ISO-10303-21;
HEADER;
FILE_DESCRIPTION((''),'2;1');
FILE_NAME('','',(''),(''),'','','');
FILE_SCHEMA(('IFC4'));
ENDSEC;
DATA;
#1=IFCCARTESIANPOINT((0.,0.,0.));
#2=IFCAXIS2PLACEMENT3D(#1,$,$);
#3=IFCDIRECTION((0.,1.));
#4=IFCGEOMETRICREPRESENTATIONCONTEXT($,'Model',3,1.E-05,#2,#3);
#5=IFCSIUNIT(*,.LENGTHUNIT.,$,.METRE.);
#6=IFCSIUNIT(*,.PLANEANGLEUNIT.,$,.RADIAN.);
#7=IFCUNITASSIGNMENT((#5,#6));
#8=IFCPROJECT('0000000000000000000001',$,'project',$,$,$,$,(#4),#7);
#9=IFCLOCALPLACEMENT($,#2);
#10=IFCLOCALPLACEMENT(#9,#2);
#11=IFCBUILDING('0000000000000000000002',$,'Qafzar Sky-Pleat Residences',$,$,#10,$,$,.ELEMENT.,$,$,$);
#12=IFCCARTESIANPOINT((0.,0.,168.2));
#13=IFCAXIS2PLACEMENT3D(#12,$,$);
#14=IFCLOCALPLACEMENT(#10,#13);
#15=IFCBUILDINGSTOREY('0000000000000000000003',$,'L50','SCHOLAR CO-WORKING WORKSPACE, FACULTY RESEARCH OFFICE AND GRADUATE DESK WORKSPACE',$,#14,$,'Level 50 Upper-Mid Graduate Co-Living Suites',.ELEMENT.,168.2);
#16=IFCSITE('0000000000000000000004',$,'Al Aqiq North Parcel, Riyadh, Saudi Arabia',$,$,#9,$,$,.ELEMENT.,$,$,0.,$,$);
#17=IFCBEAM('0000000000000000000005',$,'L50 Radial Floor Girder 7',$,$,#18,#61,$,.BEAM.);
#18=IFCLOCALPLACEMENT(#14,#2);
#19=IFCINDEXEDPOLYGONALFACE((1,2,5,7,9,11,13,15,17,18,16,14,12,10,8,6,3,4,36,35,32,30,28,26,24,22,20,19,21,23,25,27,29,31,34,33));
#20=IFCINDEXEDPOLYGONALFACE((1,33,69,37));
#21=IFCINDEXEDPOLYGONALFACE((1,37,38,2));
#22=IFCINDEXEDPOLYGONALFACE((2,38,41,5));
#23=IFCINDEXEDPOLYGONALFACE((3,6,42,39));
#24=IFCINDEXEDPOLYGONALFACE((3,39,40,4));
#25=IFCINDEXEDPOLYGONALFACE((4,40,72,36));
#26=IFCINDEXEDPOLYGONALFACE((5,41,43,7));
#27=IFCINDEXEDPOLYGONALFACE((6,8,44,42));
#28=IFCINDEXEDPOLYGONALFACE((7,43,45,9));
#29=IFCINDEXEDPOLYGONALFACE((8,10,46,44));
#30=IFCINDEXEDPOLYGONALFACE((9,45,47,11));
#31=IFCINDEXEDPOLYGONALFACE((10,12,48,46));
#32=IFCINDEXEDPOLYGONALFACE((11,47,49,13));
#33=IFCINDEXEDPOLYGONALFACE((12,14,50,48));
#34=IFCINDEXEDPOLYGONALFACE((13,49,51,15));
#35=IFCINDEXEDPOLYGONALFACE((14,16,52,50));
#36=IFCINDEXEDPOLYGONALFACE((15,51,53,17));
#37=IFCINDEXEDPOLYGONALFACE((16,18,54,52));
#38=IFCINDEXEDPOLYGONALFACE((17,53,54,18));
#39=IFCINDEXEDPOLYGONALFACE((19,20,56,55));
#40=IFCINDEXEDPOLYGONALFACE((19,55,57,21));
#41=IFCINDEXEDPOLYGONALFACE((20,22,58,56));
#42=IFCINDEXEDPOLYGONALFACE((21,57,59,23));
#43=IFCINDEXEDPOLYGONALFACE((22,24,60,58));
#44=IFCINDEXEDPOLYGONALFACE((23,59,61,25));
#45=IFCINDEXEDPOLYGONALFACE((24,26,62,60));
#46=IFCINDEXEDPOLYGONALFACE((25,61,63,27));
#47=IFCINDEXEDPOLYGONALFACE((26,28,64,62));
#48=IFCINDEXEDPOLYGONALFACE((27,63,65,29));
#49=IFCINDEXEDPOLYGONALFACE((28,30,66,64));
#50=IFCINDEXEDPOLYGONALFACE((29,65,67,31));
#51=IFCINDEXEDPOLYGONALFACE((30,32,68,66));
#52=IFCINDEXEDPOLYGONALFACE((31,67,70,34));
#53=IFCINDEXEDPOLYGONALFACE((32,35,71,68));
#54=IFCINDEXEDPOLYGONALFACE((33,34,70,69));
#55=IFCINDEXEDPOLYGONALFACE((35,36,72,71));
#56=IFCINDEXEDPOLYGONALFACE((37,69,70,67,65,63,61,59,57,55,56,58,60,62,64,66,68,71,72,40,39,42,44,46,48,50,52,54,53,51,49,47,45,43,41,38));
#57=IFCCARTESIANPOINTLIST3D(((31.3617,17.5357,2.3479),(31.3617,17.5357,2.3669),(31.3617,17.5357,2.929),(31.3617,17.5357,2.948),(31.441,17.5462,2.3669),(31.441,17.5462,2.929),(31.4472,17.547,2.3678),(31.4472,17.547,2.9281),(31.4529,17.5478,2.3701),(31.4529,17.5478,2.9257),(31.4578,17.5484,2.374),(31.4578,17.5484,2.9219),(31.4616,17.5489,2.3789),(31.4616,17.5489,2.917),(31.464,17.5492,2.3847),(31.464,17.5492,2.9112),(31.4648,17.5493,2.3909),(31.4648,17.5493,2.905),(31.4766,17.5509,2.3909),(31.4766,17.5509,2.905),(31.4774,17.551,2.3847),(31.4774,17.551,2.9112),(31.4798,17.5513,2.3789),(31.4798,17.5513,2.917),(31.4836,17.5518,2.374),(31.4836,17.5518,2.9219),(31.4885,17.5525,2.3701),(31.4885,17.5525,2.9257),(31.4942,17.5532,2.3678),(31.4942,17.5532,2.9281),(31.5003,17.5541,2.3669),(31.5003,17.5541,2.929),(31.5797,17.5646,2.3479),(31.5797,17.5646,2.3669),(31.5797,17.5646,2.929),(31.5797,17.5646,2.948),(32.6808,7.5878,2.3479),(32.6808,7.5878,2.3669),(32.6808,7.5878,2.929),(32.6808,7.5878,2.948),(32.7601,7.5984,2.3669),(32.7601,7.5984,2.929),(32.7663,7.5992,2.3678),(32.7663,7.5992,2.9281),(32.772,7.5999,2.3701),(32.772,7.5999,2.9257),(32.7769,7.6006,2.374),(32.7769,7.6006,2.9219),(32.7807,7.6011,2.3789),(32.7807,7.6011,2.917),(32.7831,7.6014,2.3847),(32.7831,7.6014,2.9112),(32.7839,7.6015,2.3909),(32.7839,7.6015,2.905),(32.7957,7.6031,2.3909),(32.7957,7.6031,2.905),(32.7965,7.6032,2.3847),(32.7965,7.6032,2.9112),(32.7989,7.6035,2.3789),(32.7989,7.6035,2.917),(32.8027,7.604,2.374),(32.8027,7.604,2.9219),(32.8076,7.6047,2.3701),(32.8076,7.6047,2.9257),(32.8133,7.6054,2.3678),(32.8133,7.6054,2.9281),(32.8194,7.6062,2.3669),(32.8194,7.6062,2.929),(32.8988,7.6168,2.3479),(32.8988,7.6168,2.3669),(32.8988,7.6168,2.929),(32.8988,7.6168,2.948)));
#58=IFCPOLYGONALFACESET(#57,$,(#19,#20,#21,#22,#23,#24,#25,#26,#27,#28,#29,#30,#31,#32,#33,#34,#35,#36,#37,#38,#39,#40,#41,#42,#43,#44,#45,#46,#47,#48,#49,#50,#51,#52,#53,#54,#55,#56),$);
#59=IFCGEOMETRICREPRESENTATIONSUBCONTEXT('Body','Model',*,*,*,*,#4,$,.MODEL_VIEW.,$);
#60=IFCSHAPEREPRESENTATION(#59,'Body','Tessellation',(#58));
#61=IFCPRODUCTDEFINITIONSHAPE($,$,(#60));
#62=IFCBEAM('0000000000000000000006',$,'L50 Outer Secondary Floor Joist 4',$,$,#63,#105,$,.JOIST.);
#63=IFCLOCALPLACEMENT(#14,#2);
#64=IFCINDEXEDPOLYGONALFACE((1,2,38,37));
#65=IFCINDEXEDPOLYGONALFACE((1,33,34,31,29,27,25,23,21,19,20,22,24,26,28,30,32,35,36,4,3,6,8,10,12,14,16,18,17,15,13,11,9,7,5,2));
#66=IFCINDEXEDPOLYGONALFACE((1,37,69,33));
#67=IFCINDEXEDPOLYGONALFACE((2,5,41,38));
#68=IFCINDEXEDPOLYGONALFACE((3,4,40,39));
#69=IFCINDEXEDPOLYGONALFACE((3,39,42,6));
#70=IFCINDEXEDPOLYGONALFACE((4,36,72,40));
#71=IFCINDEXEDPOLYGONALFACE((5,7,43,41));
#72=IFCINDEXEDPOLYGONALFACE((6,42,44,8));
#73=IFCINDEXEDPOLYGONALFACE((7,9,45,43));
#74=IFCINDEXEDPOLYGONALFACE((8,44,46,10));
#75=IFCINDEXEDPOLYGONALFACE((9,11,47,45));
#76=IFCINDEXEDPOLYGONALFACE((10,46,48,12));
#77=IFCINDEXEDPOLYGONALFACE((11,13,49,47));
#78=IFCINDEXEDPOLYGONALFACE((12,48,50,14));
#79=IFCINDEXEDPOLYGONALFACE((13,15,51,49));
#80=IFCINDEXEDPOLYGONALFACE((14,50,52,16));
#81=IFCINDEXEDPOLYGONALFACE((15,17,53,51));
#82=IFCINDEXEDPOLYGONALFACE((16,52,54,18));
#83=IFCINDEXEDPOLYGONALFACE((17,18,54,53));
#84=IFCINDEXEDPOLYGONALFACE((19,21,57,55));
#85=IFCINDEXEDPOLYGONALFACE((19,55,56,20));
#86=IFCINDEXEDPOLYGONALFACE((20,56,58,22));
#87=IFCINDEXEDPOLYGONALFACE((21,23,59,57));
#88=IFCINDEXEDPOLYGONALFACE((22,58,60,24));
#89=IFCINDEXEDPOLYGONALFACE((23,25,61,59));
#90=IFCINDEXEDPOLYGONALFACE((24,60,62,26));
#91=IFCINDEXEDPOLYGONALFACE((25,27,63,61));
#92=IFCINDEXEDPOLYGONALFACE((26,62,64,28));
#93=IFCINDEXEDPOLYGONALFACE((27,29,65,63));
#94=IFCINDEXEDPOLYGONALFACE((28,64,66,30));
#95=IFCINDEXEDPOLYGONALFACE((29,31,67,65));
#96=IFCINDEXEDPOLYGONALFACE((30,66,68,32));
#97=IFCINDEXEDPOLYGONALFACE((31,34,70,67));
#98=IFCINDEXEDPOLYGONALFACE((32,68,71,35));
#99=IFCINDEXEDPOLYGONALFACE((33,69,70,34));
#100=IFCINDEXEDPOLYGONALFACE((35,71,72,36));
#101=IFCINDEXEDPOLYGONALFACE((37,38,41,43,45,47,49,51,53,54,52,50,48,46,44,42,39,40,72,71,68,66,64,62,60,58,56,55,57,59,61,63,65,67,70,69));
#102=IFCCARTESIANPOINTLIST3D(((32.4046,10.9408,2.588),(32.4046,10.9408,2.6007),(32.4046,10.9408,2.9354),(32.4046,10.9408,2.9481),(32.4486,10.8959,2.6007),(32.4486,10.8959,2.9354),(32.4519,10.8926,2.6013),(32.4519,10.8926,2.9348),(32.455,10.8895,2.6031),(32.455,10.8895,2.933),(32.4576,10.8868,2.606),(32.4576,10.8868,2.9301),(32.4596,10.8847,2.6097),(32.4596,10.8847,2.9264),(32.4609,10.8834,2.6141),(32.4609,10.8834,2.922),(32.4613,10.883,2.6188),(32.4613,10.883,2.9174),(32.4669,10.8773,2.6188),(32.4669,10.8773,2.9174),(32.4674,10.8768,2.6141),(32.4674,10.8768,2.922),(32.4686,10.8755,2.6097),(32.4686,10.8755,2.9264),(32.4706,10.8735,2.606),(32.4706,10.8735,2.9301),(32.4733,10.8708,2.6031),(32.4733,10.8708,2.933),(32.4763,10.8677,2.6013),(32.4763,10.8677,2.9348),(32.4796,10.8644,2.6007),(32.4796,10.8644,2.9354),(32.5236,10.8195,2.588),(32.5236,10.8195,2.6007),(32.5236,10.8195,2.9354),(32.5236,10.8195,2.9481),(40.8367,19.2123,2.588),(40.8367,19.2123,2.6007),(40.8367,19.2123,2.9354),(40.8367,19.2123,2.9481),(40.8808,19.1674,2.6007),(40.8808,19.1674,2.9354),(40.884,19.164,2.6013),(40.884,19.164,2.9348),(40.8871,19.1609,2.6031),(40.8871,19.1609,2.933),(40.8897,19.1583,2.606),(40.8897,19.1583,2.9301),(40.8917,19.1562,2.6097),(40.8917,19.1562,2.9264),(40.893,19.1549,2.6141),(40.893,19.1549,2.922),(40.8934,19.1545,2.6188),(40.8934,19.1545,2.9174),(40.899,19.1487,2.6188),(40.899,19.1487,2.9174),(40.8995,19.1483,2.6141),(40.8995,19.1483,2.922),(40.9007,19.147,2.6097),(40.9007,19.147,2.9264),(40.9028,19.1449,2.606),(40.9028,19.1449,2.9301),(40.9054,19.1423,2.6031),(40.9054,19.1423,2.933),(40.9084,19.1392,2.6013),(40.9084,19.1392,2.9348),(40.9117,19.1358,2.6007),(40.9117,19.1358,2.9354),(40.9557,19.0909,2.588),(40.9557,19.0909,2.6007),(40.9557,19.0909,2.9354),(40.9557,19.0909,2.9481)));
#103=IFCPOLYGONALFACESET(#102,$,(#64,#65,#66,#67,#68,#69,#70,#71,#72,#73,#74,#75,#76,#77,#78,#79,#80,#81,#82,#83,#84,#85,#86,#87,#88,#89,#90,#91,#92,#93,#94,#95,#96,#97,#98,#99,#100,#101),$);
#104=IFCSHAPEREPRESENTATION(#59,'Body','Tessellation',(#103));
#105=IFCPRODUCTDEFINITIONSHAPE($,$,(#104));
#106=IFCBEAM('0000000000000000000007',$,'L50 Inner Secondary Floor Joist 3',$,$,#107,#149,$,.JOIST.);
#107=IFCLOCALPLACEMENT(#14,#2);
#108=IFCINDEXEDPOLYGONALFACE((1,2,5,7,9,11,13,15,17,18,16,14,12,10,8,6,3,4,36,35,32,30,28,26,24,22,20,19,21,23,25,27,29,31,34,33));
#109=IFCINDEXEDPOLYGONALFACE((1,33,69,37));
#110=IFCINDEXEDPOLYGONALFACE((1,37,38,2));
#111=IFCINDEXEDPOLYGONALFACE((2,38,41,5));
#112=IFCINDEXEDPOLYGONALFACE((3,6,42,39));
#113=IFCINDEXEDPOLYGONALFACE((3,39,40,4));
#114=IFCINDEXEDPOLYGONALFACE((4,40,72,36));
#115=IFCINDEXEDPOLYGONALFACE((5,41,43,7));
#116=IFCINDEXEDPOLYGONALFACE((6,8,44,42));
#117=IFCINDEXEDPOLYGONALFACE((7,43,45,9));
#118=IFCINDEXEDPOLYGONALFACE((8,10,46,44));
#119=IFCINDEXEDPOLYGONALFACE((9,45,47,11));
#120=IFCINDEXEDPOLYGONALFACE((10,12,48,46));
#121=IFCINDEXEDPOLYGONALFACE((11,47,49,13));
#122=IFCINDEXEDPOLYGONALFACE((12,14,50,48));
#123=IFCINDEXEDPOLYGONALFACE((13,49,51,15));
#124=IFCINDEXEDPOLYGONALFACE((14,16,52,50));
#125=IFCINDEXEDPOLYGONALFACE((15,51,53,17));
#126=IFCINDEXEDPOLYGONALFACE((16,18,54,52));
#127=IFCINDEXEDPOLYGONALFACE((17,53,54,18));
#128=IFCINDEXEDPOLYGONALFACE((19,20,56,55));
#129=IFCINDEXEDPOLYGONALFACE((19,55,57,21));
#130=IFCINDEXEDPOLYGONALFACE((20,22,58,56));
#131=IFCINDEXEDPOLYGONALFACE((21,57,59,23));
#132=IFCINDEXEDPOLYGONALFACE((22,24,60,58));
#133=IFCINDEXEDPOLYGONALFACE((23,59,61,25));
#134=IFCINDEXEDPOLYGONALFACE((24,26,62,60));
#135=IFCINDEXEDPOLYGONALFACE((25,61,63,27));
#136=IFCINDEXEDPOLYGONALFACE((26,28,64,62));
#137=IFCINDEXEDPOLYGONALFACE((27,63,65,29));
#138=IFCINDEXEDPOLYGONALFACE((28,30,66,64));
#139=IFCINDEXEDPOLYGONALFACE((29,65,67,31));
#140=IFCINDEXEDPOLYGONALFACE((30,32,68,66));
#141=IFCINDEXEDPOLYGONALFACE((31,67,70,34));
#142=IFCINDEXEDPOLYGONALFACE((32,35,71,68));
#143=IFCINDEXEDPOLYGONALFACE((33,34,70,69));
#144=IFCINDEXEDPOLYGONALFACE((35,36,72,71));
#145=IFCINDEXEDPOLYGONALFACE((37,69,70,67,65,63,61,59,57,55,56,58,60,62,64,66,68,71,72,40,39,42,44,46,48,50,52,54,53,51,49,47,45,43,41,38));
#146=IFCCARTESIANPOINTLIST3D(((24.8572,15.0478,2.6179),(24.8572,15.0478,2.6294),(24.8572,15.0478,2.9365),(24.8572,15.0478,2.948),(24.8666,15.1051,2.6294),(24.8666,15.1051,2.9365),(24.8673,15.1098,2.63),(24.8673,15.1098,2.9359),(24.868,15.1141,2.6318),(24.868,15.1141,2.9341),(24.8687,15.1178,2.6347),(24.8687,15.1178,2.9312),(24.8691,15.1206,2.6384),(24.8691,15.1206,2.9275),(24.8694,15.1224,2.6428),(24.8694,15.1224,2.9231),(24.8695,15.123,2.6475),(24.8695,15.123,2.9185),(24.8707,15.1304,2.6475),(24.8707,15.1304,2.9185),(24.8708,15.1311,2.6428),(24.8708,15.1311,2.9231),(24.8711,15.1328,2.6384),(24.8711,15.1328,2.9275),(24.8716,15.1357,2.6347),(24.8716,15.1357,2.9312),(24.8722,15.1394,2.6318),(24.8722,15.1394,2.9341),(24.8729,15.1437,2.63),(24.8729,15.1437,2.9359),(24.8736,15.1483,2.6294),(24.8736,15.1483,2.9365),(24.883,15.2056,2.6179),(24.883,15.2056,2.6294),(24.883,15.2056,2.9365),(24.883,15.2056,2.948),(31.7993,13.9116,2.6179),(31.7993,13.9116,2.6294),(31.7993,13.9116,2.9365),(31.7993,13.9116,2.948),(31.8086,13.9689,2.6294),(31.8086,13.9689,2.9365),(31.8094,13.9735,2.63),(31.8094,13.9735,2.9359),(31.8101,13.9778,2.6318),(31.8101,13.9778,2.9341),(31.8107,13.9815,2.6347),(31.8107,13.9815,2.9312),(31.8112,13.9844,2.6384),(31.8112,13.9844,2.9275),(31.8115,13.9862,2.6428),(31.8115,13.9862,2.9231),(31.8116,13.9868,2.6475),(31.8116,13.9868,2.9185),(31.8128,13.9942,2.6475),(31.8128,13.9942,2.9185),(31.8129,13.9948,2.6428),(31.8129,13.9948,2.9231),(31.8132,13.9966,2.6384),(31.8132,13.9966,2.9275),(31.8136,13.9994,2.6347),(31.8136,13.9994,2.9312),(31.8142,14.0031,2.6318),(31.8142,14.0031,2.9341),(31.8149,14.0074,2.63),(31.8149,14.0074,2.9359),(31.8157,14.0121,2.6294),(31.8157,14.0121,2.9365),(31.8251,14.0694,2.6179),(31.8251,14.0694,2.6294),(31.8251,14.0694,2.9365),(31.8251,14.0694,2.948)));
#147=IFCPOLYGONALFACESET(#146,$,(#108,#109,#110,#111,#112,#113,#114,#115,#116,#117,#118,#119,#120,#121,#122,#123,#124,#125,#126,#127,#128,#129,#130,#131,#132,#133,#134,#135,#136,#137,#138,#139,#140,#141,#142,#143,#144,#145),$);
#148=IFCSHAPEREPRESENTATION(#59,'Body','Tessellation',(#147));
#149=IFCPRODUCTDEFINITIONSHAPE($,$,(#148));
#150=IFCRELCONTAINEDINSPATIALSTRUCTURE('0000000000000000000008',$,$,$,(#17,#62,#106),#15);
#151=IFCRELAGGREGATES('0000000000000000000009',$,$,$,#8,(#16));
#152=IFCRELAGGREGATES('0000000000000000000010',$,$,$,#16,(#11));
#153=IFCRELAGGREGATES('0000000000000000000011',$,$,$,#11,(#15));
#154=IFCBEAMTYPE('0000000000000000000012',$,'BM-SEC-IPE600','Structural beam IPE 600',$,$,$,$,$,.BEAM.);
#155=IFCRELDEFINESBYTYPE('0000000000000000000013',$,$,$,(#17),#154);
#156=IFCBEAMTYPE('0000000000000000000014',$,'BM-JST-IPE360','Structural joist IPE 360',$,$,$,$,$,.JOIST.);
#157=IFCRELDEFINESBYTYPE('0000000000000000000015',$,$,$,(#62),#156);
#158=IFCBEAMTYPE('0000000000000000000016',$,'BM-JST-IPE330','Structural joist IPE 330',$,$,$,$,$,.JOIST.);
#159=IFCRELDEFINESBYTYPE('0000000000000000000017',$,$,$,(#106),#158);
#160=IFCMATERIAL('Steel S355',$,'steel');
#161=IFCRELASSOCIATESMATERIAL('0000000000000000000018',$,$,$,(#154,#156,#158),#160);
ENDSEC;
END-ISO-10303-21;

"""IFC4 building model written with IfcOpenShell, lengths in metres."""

from ifc_helpers import new_model, si_unit, direction, frame, origin, origin_2d, place, context, subcontext, project, spatial, i_section, extrude, source, transform, mapped, material, material_profile, profile_set, type_object, element, save


model = new_model("IFC4")

# Units and contexts
model_context = context("Model", 3, precision=1e-05, world=origin(), true_north=direction((0.0, 1.0)))
body_context = subcontext(model_context, "Body", "Model", "MODEL_VIEW")
ifc_project = project(units=[si_unit("LENGTHUNIT", "METRE"), si_unit("PLANEANGLEUNIT", "RADIAN")], contexts=[model_context])

# Site, building, storey
site_placement = place(None, origin())
site = spatial("IfcSite", under=ifc_project, at=site_placement, Name="Al Aqiq North Parcel, Riyadh, Saudi Arabia", CompositionType="ELEMENT", RefElevation=0.0)
building_placement = place(site_placement, origin())
building = spatial("IfcBuilding", under=site, at=building_placement, Name="Qafzar Sky-Pleat Residences", CompositionType="ELEMENT")
storey_placement = place(building_placement, frame((0.0, 0.0, 168.2)))
storey = spatial("IfcBuildingStorey", under=building, at=storey_placement, Name="L50", Description="SCHOLAR CO-WORKING WORKSPACE, FACULTY RESEARCH OFFICE AND GRADUATE DESK WORKSPACE", LongName="Level 50 Upper-Mid Graduate Co-Living Suites", CompositionType="ELEMENT", Elevation=168.2)

# Shared definitions
ifc_material_1 = material(Name="Steel S355", Category="steel")

# Beams
ifc_material_profile_1 = material_profile(ifc_material_1, i_section(OverallWidth=0.22, OverallDepth=0.6001, WebThickness=0.012, FlangeThickness=0.019, FilletRadius=0.0239, at=origin_2d()), Name="IPE 600")
ifc_profile_set_1 = profile_set([ifc_material_profile_1], Name="Steel S355")
beam_type_1 = type_object("IfcBeamType", Name="BM-SEC-IPE600", Description="Structural beam IPE 600", PredefinedType="BEAM", material=ifc_profile_set_1)
shared_shape_1 = source(origin(), body_context, "Body", "SweptSolid", [
    extrude(i_section(OverallWidth=0.22, OverallDepth=0.6001, WebThickness=0.012, FlangeThickness=0.019, FilletRadius=0.0239, at=origin_2d()), origin(), (0.0, 0.0, 1.0), 10.0349),
])
beam_1_placement = place(storey_placement, frame((32.7898, 7.6023, 2.6479), z_axis=(-0.131451, 0.991323, 0.0), x_axis=(-0.991323, -0.131451, 0.0)))
element("IfcBeam", 1, at=beam_1_placement, inside=storey, type_object=beam_type_1, Name="L50 Radial Floor Girder 7", PredefinedType="BEAM", context=body_context, shape_type="MappedRepresentation", body=[
    mapped(shared_shape_1, transform((0.0, 0.0, 0.0), x_axis=(1.0, 0.0, 0.0), y_axis=(0.0, 1.0, 0.0), z_axis=(0.0, 0.0, 1.0), scale=1.0)),
])
ifc_material_profile_2 = material_profile(ifc_material_1, i_section(OverallWidth=0.1699, OverallDepth=0.3601, WebThickness=0.0081, FlangeThickness=0.0127, FilletRadius=0.0181, at=origin_2d()), Name="IPE 360")
ifc_profile_set_2 = profile_set([ifc_material_profile_2], Name="Steel S355")
beam_type_2 = type_object("IfcBeamType", Name="BM-JST-IPE360", Description="Structural joist IPE 360", PredefinedType="JOIST", material=ifc_profile_set_2)
shared_shape_2 = source(origin(), body_context, "Body", "SweptSolid", [
    extrude(i_section(OverallWidth=0.1699, OverallDepth=0.3601, WebThickness=0.0081, FlangeThickness=0.0127, FilletRadius=0.0181, at=origin_2d()), origin(), (0.0, 0.0, 1.0), 11.8118),
])
beam_2_placement = place(storey_placement, frame((32.4641, 10.8801, 2.7681), z_axis=(0.713874, 0.700274, 0.0), x_axis=(-0.700274, 0.713874, 0.0)))
element("IfcBeam", 2, at=beam_2_placement, inside=storey, type_object=beam_type_2, Name="L50 Outer Secondary Floor Joist 4", PredefinedType="JOIST", context=body_context, shape_type="MappedRepresentation", body=[
    mapped(shared_shape_2, transform((0.0, 0.0, 0.0), x_axis=(1.0, 0.0, 0.0), y_axis=(0.0, 1.0, 0.0), z_axis=(0.0, 0.0, 1.0), scale=1.0)),
])
ifc_material_profile_3 = material_profile(ifc_material_1, i_section(OverallWidth=0.1599, OverallDepth=0.3301, WebThickness=0.0076, FlangeThickness=0.0115, FilletRadius=0.0181, at=origin_2d()), Name="IPE 330")
ifc_profile_set_3 = profile_set([ifc_material_profile_3], Name="Steel S355")
beam_type_3 = type_object("IfcBeamType", Name="BM-JST-IPE330", Description="Structural joist IPE 330", PredefinedType="JOIST", material=ifc_profile_set_3)
shared_shape_3 = source(origin(), body_context, "Body", "SweptSolid", [
    extrude(i_section(OverallWidth=0.1599, OverallDepth=0.3301, WebThickness=0.0076, FlangeThickness=0.0115, FilletRadius=0.0181, at=origin_2d()), origin(), (0.0, 0.0, 1.0), 7.0344),
])
beam_3_placement = place(storey_placement, frame((24.8701, 15.1267, 2.783), z_axis=(0.986869, -0.161522, 0.0), x_axis=(0.161522, 0.986869, 0.0)))
element("IfcBeam", 3, at=beam_3_placement, inside=storey, type_object=beam_type_3, Name="L50 Inner Secondary Floor Joist 3", PredefinedType="JOIST", context=body_context, shape_type="MappedRepresentation", body=[
    mapped(shared_shape_3, transform((0.0, 0.0, 0.0), x_axis=(1.0, 0.0, 0.0), y_axis=(0.0, 1.0, 0.0), z_axis=(0.0, 0.0, 1.0), scale=1.0)),
])

save(model, "model.ifc")
